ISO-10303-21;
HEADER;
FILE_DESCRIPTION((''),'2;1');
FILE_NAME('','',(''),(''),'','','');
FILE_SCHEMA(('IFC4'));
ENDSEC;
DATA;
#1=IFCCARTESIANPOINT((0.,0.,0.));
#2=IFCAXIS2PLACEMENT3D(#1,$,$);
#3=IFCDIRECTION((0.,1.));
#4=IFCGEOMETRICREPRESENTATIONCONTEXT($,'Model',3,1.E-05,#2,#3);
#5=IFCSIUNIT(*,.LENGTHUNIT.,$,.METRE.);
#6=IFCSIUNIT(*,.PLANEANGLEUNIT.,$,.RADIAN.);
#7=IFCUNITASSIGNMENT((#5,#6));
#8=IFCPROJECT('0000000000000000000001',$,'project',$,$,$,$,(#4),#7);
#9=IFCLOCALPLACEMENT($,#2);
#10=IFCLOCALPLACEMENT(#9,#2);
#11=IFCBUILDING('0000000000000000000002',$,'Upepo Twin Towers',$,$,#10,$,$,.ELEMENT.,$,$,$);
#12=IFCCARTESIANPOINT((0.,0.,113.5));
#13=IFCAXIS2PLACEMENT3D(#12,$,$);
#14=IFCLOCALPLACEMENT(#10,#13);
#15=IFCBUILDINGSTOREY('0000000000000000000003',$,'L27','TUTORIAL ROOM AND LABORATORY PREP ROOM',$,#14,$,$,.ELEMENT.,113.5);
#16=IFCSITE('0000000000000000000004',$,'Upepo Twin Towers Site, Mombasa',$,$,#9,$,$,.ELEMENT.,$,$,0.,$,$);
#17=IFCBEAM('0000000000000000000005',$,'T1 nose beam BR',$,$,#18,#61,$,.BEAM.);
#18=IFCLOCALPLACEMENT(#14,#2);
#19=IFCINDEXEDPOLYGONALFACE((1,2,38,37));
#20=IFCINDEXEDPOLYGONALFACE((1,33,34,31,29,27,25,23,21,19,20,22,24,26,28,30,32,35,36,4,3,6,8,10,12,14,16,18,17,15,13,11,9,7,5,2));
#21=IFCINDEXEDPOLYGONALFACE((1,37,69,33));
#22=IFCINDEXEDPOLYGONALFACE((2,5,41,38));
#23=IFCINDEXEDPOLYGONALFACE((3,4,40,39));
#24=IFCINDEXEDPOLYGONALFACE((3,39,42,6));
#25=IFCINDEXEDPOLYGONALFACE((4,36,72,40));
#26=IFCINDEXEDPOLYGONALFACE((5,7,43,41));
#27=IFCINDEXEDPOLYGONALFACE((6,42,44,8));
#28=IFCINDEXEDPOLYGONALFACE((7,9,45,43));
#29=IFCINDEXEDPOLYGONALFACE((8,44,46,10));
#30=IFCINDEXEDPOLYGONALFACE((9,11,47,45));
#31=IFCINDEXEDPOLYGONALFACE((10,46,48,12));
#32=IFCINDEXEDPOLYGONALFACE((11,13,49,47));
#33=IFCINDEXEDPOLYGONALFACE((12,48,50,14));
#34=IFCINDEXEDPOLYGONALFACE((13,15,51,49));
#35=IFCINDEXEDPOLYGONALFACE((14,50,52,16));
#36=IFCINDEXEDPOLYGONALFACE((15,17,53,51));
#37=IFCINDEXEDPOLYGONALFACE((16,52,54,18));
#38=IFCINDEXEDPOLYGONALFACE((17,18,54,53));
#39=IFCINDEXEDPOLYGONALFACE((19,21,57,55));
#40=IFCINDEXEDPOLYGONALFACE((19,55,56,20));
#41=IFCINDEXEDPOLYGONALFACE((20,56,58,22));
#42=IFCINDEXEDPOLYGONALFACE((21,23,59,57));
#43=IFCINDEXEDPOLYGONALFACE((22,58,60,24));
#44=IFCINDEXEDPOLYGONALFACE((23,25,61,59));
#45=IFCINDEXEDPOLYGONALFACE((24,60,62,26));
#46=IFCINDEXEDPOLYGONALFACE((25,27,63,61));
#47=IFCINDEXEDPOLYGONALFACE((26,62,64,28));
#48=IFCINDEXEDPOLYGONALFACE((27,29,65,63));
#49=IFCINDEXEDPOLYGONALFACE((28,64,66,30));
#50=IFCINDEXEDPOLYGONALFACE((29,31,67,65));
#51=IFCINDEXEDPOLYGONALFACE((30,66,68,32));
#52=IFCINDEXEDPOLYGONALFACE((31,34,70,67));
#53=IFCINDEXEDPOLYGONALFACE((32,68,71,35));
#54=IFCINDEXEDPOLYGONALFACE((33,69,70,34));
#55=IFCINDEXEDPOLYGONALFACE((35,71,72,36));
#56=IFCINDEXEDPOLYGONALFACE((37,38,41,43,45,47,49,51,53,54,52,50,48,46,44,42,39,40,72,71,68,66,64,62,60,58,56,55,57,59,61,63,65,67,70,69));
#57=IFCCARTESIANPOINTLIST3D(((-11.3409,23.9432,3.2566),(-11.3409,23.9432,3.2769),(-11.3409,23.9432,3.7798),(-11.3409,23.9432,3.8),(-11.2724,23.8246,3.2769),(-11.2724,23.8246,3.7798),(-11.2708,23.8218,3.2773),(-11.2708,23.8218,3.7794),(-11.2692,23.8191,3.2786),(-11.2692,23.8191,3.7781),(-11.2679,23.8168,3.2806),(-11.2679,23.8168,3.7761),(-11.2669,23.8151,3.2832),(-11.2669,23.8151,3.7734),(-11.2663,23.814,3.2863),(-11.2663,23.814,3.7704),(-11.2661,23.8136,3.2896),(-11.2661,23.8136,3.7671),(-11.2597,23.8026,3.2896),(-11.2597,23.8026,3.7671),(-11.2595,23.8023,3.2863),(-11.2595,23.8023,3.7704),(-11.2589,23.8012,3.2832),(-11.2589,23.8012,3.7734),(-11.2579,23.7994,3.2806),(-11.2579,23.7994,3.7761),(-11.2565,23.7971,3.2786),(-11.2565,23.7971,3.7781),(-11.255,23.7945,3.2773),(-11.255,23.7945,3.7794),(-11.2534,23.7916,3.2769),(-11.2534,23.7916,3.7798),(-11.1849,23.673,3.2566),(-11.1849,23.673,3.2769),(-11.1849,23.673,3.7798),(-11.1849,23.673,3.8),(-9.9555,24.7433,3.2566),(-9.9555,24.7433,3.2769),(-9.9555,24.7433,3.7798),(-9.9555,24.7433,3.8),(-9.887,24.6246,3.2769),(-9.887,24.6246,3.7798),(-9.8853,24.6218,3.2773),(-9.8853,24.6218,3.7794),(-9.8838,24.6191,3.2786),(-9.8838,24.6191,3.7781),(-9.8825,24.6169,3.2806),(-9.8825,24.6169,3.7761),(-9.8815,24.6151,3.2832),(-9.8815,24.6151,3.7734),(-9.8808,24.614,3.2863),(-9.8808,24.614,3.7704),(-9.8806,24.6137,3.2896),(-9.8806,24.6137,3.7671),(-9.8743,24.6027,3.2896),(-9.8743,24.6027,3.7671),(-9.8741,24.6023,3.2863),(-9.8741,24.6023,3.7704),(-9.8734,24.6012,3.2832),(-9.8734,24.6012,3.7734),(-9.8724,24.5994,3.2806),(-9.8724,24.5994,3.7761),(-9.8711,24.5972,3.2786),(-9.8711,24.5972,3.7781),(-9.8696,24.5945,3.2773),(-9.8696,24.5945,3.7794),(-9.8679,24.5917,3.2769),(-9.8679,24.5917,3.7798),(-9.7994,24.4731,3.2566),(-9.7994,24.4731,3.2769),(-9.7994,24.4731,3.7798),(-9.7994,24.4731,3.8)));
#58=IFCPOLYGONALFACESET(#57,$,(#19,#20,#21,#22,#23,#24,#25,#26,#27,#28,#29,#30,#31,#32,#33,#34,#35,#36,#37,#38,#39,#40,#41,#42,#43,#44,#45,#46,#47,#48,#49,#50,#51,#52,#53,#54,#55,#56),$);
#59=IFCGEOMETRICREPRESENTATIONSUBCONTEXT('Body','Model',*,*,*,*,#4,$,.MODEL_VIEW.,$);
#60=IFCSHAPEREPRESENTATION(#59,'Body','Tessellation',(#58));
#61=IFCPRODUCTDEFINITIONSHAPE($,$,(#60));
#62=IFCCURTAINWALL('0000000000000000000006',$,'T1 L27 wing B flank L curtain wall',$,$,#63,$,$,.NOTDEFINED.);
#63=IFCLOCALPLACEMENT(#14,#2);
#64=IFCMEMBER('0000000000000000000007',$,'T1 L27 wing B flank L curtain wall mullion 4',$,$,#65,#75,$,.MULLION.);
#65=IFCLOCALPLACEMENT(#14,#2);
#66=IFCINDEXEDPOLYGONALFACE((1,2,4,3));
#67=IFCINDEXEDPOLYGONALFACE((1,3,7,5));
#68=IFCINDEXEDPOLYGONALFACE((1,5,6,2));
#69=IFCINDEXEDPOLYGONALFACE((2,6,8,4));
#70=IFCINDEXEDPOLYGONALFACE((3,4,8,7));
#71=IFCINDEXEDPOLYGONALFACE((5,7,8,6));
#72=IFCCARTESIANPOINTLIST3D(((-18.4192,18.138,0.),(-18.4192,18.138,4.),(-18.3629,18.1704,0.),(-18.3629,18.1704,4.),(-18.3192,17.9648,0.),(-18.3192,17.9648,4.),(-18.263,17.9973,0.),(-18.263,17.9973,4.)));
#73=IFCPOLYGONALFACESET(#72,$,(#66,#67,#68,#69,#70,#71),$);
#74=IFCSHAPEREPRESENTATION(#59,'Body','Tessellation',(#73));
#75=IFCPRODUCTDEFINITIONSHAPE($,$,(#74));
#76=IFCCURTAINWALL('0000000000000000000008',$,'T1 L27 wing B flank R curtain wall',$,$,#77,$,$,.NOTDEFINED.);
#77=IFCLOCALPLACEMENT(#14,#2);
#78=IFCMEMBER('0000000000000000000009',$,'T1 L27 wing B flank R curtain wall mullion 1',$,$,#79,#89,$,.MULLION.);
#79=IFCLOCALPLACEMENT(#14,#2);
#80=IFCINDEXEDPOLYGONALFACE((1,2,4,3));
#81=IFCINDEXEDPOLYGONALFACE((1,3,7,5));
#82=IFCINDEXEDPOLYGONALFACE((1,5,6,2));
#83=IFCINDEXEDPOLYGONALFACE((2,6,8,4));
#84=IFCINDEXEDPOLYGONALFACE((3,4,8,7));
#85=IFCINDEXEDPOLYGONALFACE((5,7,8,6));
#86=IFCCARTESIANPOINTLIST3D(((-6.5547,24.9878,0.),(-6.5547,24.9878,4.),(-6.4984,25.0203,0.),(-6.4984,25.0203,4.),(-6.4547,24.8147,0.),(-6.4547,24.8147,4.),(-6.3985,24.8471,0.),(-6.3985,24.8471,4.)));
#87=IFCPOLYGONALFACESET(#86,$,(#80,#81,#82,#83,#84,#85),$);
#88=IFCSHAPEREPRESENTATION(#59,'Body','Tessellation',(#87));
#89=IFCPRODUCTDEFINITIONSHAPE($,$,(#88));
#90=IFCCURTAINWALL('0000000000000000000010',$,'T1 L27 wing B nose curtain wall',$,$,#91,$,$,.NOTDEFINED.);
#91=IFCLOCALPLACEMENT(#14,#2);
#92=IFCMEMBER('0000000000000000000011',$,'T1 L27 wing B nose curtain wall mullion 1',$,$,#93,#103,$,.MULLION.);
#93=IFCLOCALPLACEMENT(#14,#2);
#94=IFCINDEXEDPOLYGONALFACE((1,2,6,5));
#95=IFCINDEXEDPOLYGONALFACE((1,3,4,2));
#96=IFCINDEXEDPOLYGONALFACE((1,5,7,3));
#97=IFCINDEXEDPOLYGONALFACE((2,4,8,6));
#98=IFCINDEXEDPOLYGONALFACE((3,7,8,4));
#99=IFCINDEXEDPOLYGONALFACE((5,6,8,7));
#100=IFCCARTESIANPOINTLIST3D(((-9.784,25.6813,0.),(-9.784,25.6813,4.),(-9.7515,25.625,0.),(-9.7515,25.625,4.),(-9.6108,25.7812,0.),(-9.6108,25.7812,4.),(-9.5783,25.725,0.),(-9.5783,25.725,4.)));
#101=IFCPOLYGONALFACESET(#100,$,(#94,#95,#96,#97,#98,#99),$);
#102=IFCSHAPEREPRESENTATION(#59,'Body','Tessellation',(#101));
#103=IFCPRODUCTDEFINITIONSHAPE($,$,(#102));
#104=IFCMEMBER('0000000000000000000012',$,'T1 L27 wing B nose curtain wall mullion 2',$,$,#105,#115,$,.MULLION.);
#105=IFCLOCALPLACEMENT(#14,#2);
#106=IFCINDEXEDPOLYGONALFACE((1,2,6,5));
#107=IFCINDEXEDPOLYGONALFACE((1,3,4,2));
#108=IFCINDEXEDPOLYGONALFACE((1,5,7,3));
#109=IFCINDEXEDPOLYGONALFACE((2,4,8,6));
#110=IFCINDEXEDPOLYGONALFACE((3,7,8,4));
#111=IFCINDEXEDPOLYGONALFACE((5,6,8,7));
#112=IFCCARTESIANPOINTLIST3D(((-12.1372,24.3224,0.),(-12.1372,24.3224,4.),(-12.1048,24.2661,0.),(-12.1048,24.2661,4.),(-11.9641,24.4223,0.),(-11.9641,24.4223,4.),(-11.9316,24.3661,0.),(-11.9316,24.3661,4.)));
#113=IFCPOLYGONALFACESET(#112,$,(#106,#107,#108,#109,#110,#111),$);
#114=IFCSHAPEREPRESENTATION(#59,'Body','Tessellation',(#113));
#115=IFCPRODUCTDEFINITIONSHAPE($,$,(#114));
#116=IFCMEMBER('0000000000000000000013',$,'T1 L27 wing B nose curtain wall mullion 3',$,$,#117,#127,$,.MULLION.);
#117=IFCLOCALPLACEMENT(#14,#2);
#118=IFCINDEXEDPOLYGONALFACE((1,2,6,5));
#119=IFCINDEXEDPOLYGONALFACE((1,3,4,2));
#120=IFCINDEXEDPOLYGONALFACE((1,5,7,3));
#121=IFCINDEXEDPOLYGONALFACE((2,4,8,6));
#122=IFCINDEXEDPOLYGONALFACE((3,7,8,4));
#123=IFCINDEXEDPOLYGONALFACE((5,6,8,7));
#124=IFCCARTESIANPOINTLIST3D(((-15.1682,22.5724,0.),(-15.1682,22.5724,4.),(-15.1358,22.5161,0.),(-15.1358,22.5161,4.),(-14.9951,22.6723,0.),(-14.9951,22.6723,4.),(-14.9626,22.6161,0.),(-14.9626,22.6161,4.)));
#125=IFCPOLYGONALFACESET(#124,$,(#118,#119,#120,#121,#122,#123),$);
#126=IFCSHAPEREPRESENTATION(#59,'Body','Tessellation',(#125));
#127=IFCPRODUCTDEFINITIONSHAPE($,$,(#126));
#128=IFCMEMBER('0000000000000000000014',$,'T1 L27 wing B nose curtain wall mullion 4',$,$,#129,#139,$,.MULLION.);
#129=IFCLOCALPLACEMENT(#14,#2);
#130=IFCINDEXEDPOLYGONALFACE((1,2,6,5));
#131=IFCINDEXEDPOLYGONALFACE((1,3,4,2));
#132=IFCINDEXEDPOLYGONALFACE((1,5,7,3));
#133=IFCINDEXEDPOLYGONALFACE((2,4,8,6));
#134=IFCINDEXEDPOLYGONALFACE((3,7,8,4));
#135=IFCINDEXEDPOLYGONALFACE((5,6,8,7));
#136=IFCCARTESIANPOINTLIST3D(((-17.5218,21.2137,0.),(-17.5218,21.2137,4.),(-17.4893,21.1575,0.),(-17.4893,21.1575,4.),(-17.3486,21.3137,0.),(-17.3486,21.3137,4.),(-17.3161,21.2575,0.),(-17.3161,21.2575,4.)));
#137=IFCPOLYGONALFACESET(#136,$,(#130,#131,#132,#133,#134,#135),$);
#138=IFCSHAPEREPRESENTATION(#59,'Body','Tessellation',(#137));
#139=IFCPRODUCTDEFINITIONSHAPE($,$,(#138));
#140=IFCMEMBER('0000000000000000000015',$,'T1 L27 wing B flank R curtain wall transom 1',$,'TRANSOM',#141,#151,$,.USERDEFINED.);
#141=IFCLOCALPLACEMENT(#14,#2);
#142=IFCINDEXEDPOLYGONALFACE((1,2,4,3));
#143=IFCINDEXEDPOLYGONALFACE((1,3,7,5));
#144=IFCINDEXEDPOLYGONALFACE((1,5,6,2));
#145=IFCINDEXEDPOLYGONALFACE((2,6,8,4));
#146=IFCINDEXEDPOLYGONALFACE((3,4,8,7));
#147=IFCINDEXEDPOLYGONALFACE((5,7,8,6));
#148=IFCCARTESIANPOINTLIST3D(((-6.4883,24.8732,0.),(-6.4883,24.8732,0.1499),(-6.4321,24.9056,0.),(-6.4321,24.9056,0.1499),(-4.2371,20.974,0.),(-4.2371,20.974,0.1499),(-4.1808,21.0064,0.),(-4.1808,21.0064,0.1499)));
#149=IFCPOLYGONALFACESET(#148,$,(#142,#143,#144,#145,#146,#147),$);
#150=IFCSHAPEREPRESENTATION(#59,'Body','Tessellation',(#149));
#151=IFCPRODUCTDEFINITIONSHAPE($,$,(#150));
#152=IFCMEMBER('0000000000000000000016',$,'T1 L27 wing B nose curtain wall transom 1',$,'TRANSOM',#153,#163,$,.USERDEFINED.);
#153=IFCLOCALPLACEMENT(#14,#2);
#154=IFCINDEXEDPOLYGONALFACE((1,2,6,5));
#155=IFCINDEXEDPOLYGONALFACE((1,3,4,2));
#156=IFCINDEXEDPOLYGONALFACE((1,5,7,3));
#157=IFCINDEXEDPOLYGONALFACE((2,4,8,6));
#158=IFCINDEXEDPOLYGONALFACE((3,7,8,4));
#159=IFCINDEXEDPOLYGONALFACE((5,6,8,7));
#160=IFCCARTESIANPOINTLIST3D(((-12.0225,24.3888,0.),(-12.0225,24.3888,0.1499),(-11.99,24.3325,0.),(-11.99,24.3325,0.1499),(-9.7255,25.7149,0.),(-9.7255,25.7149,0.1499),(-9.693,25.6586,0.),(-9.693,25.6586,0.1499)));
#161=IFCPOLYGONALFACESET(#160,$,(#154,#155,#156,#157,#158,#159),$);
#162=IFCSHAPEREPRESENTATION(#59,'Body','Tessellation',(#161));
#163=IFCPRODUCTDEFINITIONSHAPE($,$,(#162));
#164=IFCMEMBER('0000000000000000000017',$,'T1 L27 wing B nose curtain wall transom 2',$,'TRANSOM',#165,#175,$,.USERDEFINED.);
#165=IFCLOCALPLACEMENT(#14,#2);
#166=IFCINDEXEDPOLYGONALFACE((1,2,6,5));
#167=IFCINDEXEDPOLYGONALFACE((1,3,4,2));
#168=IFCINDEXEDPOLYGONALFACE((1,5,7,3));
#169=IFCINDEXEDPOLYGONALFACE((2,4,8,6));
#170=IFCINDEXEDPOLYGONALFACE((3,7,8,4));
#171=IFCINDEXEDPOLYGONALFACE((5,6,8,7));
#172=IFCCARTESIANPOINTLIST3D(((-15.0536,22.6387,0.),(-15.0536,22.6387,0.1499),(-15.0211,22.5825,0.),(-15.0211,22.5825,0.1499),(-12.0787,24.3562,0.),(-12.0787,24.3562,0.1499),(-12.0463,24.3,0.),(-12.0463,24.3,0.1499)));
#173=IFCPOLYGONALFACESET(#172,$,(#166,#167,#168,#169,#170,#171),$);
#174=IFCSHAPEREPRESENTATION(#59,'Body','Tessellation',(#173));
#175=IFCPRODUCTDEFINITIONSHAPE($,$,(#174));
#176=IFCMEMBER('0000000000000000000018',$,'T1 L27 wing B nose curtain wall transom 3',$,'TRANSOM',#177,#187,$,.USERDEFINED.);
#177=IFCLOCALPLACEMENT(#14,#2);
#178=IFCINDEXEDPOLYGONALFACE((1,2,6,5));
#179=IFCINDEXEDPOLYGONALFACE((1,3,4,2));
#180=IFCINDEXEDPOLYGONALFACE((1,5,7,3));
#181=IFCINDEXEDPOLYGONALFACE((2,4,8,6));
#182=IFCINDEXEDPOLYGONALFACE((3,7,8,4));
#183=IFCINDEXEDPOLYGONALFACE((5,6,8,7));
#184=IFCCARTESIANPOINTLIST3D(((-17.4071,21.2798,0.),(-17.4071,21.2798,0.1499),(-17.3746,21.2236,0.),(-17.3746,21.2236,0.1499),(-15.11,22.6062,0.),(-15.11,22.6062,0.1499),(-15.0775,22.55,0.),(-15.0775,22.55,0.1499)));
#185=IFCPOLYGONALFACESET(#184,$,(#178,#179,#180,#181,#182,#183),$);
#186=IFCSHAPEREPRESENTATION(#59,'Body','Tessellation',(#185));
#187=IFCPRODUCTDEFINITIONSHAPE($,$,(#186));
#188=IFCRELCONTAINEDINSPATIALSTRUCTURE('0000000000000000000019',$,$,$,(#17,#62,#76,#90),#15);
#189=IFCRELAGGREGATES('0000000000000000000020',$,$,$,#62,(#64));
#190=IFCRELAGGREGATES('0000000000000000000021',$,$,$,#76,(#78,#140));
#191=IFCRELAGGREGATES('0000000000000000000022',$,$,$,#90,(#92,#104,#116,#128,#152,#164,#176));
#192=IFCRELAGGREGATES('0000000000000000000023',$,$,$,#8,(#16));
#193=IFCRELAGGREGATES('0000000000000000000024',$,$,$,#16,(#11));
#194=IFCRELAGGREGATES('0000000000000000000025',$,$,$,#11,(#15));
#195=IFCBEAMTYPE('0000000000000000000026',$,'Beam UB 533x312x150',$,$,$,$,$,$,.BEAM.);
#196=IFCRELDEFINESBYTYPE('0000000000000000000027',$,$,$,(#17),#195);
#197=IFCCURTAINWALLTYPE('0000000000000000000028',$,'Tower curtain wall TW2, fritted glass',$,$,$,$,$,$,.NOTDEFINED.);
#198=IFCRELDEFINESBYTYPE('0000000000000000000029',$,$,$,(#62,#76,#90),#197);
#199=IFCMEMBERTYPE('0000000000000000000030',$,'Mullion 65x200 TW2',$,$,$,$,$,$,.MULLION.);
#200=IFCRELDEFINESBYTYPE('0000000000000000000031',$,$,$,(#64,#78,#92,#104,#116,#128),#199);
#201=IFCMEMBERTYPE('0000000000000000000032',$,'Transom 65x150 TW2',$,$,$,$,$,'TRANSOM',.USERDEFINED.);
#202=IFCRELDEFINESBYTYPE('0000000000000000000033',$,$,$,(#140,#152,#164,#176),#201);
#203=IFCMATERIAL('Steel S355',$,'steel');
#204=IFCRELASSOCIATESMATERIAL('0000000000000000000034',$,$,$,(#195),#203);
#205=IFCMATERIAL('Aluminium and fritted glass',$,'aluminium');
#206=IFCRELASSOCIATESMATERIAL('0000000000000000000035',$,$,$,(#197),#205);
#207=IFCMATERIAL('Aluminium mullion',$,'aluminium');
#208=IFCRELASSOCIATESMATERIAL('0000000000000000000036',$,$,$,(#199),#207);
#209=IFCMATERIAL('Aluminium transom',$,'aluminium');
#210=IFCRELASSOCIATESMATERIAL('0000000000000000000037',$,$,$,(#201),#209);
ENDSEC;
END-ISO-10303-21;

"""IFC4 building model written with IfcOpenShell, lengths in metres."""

from ifc_helpers import new_model, si_unit, direction, frame, origin, origin_2d, place, context, subcontext, project, spatial, rectangle, i_section, extrude, material, material_profile, profile_set, type_object, element, aggregate, save


model = new_model("IFC4")

# Units and contexts
model_context = context("Model", 3, precision=1e-05, world=origin(), true_north=direction((0.0, 1.0)))
body_context = subcontext(model_context, "Body", "Model", "MODEL_VIEW")
ifc_project = project(units=[si_unit("LENGTHUNIT", "METRE"), si_unit("PLANEANGLEUNIT", "RADIAN")], contexts=[model_context])

# Site, building, storey
site_placement = place(None, origin())
site = spatial("IfcSite", under=ifc_project, at=site_placement, Name="Upepo Twin Towers Site, Mombasa", CompositionType="ELEMENT", RefElevation=0.0)
building_placement = place(site_placement, origin())
building = spatial("IfcBuilding", under=site, at=building_placement, Name="Upepo Twin Towers", CompositionType="ELEMENT")
storey_placement = place(building_placement, frame((0.0, 0.0, 113.5)))
storey = spatial("IfcBuildingStorey", under=building, at=storey_placement, Name="L27", Description="TUTORIAL ROOM AND LABORATORY PREP ROOM", CompositionType="ELEMENT", Elevation=113.5)

# Beam
ifc_material_1 = material(Name="Steel S355", Category="steel")
ifc_material_profile_1 = material_profile(ifc_material_1, i_section(OverallWidth=0.312, OverallDepth=0.5435, WebThickness=0.0127, FlangeThickness=0.0203, FilletRadius=0.0127, at=origin_2d()), Name="UB 533x312x150")
ifc_profile_set_1 = profile_set([ifc_material_profile_1], Name="Steel S355")
beam_type_1 = type_object("IfcBeamType", Name="Beam UB 533x312x150", PredefinedType="BEAM", material=ifc_profile_set_1)
for number, where, z_axis, x_axis, name in (
    (1, (-9.8774, 24.6082, 3.5283), (-0.86599, -0.500061, 0.0), (0.500061, -0.86599, 0.0), "T1 nose beam BR"),
):
    element("IfcBeam", number, at=place(storey_placement, frame(where, z_axis=z_axis, x_axis=x_axis)), inside=storey, type_object=beam_type_1, Name=name, PredefinedType="BEAM", context=body_context, shape_type="SweptSolid", body=[
        extrude(i_section(OverallWidth=0.312, OverallDepth=0.5435, WebThickness=0.0127, FlangeThickness=0.0203, FilletRadius=0.0127, at=origin_2d()), origin(), (0.0, 0.0, 1.0), 1.5999),
    ])

# Curtain walls, members
ifc_material_2 = material(Name="Aluminium and fritted glass", Category="aluminium")
curtain_wall_type = type_object("IfcCurtainWallType", Name="Tower curtain wall TW2, fritted glass", PredefinedType="NOTDEFINED", material=ifc_material_2)
curtain_wall_1_placement = place(storey_placement, origin())
curtain_wall_1 = element("IfcCurtainWall", 2, at=curtain_wall_1_placement, inside=storey, type_object=curtain_wall_type, Name="T1 L27 wing B flank L curtain wall", PredefinedType="NOTDEFINED")
ifc_material_3 = material(Name="Aluminium mullion", Category="aluminium")
ifc_material_profile_2 = material_profile(ifc_material_3, rectangle(XDim=0.0649, YDim=0.2, at=origin_2d()), Name="MULLION 65x200")
ifc_profile_set_2 = profile_set([ifc_material_profile_2], Name="Aluminium mullion")
member_type_1 = type_object("IfcMemberType", Name="Mullion 65x200 TW2", PredefinedType="MULLION", material=ifc_profile_set_2)
member_1_placement = place(storey_placement, frame((-18.3411, 18.0676, 0.0), z_axis=(0.0, 0.0, 1.0), x_axis=(-0.866025, -0.5, 0.0)))
member_1 = element("IfcMember", 3, at=member_1_placement, type_object=member_type_1, Name="T1 L27 wing B flank L curtain wall mullion 4", PredefinedType="MULLION", context=body_context, shape_type="SweptSolid", body=[
    extrude(rectangle(XDim=0.0649, YDim=0.2, at=origin_2d()), origin(), (0.0, 0.0, 1.0), 4.0),
])
aggregate(curtain_wall_1, [member_1])
curtain_wall_2_placement = place(storey_placement, origin())
curtain_wall_2 = element("IfcCurtainWall", 4, at=curtain_wall_2_placement, inside=storey, type_object=curtain_wall_type, Name="T1 L27 wing B flank R curtain wall", PredefinedType="NOTDEFINED")
member_2_placement = place(storey_placement, frame((-6.4766, 24.9175, 0.0), z_axis=(0.0, 0.0, 1.0), x_axis=(0.866025, 0.5, 0.0)))
member_2 = element("IfcMember", 5, at=member_2_placement, type_object=member_type_1, Name="T1 L27 wing B flank R curtain wall mullion 1", PredefinedType="MULLION", context=body_context, shape_type="SweptSolid", body=[
    extrude(rectangle(XDim=0.0649, YDim=0.2, at=origin_2d()), origin(), (0.0, 0.0, 1.0), 4.0),
])

# Curtain wall, members
curtain_wall_3_placement = place(storey_placement, origin())
curtain_wall_3 = element("IfcCurtainWall", 6, at=curtain_wall_3_placement, inside=storey, type_object=curtain_wall_type, Name="T1 L27 wing B nose curtain wall", PredefinedType="NOTDEFINED")
member_3_placement = place(storey_placement, frame((-9.6812, 25.7031, 0.0), z_axis=(0.0, 0.0, 1.0), x_axis=(0.5, -0.866025, 0.0)))
member_3 = element("IfcMember", 7, at=member_3_placement, type_object=member_type_1, Name="T1 L27 wing B nose curtain wall mullion 1", PredefinedType="MULLION", context=body_context, shape_type="SweptSolid", body=[
    extrude(rectangle(XDim=0.0649, YDim=0.2, at=origin_2d()), origin(), (0.0, 0.0, 1.0), 4.0),
])
member_4_placement = place(storey_placement, frame((-12.0344, 24.3442, 0.0), z_axis=(0.0, 0.0, 1.0), x_axis=(0.5, -0.866025, 0.0)))
member_4 = element("IfcMember", 8, at=member_4_placement, type_object=member_type_1, Name="T1 L27 wing B nose curtain wall mullion 2", PredefinedType="MULLION", context=body_context, shape_type="SweptSolid", body=[
    extrude(rectangle(XDim=0.0649, YDim=0.2, at=origin_2d()), origin(), (0.0, 0.0, 1.0), 4.0),
])
member_5_placement = place(storey_placement, frame((-15.0654, 22.5942, 0.0), z_axis=(0.0, 0.0, 1.0), x_axis=(0.5, -0.866025, 0.0)))
member_5 = element("IfcMember", 9, at=member_5_placement, type_object=member_type_1, Name="T1 L27 wing B nose curtain wall mullion 3", PredefinedType="MULLION", context=body_context, shape_type="SweptSolid", body=[
    extrude(rectangle(XDim=0.0649, YDim=0.2, at=origin_2d()), origin(), (0.0, 0.0, 1.0), 4.0),
])
member_6_placement = place(storey_placement, frame((-17.4189, 21.2356, 0.0), z_axis=(0.0, 0.0, 1.0), x_axis=(0.5, -0.866025, 0.0)))
member_6 = element("IfcMember", 10, at=member_6_placement, type_object=member_type_1, Name="T1 L27 wing B nose curtain wall mullion 4", PredefinedType="MULLION", context=body_context, shape_type="SweptSolid", body=[
    extrude(rectangle(XDim=0.0649, YDim=0.2, at=origin_2d()), origin(), (0.0, 0.0, 1.0), 4.0),
])

# Members
ifc_material_4 = material(Name="Aluminium transom", Category="aluminium")
ifc_material_profile_3 = material_profile(ifc_material_4, rectangle(XDim=0.0649, YDim=0.1499, at=origin_2d()), Name="TRANSOM 65x150")
ifc_profile_set_3 = profile_set([ifc_material_profile_3], Name="Aluminium transom")
member_type_2 = type_object("IfcMemberType", Name="Transom 65x150 TW2", ElementType="TRANSOM", PredefinedType="USERDEFINED", material=ifc_profile_set_3)
member_7_placement = place(storey_placement, frame((-6.4602, 24.8894, 0.075), z_axis=(0.500006, -0.866022, 0.0), x_axis=(0.866022, 0.500006, 0.0)))
member_7 = element("IfcMember", 11, at=member_7_placement, type_object=member_type_2, Name="T1 L27 wing B flank R curtain wall transom 1", ObjectType="TRANSOM", PredefinedType="USERDEFINED", context=body_context, shape_type="SweptSolid", body=[
    extrude(rectangle(XDim=0.0649, YDim=0.1499, at=origin_2d()), origin(), (0.0, 0.0, 1.0), 4.5024),
])
member_8_placement = place(storey_placement, frame((-9.7092, 25.6868, 0.075), z_axis=(-0.866037, -0.49998, 0.0), x_axis=(0.49998, -0.866037, 0.0)))
member_8 = element("IfcMember", 12, at=member_8_placement, type_object=member_type_2, Name="T1 L27 wing B nose curtain wall transom 1", ObjectType="TRANSOM", PredefinedType="USERDEFINED", context=body_context, shape_type="SweptSolid", body=[
    extrude(rectangle(XDim=0.0649, YDim=0.1499, at=origin_2d()), origin(), (0.0, 0.0, 1.0), 2.6523),
])
member_9_placement = place(storey_placement, frame((-12.0625, 24.3281, 0.075), z_axis=(-0.866026, -0.499999, 0.0), x_axis=(0.499999, -0.866026, 0.0)))
member_9 = element("IfcMember", 13, at=member_9_placement, type_object=member_type_2, Name="T1 L27 wing B nose curtain wall transom 2", ObjectType="TRANSOM", PredefinedType="USERDEFINED", context=body_context, shape_type="SweptSolid", body=[
    extrude(rectangle(XDim=0.0649, YDim=0.1499, at=origin_2d()), origin(), (0.0, 0.0, 1.0), 3.4351),
])
member_10_placement = place(storey_placement, frame((-15.0938, 22.5781, 0.075), z_axis=(-0.865997, -0.500049, 0.0), x_axis=(0.500049, -0.865997, 0.0)))
member_10 = element("IfcMember", 14, at=member_10_placement, type_object=member_type_2, Name="T1 L27 wing B nose curtain wall transom 3", ObjectType="TRANSOM", PredefinedType="USERDEFINED", context=body_context, shape_type="SweptSolid", body=[
    extrude(rectangle(XDim=0.0649, YDim=0.1499, at=origin_2d()), origin(), (0.0, 0.0, 1.0), 2.6526),
])

aggregate(curtain_wall_2, [member_2, member_7])
aggregate(curtain_wall_3, [member_3, member_4, member_5, member_6, member_8, member_9, member_10])

save(model, "model.ifc")
